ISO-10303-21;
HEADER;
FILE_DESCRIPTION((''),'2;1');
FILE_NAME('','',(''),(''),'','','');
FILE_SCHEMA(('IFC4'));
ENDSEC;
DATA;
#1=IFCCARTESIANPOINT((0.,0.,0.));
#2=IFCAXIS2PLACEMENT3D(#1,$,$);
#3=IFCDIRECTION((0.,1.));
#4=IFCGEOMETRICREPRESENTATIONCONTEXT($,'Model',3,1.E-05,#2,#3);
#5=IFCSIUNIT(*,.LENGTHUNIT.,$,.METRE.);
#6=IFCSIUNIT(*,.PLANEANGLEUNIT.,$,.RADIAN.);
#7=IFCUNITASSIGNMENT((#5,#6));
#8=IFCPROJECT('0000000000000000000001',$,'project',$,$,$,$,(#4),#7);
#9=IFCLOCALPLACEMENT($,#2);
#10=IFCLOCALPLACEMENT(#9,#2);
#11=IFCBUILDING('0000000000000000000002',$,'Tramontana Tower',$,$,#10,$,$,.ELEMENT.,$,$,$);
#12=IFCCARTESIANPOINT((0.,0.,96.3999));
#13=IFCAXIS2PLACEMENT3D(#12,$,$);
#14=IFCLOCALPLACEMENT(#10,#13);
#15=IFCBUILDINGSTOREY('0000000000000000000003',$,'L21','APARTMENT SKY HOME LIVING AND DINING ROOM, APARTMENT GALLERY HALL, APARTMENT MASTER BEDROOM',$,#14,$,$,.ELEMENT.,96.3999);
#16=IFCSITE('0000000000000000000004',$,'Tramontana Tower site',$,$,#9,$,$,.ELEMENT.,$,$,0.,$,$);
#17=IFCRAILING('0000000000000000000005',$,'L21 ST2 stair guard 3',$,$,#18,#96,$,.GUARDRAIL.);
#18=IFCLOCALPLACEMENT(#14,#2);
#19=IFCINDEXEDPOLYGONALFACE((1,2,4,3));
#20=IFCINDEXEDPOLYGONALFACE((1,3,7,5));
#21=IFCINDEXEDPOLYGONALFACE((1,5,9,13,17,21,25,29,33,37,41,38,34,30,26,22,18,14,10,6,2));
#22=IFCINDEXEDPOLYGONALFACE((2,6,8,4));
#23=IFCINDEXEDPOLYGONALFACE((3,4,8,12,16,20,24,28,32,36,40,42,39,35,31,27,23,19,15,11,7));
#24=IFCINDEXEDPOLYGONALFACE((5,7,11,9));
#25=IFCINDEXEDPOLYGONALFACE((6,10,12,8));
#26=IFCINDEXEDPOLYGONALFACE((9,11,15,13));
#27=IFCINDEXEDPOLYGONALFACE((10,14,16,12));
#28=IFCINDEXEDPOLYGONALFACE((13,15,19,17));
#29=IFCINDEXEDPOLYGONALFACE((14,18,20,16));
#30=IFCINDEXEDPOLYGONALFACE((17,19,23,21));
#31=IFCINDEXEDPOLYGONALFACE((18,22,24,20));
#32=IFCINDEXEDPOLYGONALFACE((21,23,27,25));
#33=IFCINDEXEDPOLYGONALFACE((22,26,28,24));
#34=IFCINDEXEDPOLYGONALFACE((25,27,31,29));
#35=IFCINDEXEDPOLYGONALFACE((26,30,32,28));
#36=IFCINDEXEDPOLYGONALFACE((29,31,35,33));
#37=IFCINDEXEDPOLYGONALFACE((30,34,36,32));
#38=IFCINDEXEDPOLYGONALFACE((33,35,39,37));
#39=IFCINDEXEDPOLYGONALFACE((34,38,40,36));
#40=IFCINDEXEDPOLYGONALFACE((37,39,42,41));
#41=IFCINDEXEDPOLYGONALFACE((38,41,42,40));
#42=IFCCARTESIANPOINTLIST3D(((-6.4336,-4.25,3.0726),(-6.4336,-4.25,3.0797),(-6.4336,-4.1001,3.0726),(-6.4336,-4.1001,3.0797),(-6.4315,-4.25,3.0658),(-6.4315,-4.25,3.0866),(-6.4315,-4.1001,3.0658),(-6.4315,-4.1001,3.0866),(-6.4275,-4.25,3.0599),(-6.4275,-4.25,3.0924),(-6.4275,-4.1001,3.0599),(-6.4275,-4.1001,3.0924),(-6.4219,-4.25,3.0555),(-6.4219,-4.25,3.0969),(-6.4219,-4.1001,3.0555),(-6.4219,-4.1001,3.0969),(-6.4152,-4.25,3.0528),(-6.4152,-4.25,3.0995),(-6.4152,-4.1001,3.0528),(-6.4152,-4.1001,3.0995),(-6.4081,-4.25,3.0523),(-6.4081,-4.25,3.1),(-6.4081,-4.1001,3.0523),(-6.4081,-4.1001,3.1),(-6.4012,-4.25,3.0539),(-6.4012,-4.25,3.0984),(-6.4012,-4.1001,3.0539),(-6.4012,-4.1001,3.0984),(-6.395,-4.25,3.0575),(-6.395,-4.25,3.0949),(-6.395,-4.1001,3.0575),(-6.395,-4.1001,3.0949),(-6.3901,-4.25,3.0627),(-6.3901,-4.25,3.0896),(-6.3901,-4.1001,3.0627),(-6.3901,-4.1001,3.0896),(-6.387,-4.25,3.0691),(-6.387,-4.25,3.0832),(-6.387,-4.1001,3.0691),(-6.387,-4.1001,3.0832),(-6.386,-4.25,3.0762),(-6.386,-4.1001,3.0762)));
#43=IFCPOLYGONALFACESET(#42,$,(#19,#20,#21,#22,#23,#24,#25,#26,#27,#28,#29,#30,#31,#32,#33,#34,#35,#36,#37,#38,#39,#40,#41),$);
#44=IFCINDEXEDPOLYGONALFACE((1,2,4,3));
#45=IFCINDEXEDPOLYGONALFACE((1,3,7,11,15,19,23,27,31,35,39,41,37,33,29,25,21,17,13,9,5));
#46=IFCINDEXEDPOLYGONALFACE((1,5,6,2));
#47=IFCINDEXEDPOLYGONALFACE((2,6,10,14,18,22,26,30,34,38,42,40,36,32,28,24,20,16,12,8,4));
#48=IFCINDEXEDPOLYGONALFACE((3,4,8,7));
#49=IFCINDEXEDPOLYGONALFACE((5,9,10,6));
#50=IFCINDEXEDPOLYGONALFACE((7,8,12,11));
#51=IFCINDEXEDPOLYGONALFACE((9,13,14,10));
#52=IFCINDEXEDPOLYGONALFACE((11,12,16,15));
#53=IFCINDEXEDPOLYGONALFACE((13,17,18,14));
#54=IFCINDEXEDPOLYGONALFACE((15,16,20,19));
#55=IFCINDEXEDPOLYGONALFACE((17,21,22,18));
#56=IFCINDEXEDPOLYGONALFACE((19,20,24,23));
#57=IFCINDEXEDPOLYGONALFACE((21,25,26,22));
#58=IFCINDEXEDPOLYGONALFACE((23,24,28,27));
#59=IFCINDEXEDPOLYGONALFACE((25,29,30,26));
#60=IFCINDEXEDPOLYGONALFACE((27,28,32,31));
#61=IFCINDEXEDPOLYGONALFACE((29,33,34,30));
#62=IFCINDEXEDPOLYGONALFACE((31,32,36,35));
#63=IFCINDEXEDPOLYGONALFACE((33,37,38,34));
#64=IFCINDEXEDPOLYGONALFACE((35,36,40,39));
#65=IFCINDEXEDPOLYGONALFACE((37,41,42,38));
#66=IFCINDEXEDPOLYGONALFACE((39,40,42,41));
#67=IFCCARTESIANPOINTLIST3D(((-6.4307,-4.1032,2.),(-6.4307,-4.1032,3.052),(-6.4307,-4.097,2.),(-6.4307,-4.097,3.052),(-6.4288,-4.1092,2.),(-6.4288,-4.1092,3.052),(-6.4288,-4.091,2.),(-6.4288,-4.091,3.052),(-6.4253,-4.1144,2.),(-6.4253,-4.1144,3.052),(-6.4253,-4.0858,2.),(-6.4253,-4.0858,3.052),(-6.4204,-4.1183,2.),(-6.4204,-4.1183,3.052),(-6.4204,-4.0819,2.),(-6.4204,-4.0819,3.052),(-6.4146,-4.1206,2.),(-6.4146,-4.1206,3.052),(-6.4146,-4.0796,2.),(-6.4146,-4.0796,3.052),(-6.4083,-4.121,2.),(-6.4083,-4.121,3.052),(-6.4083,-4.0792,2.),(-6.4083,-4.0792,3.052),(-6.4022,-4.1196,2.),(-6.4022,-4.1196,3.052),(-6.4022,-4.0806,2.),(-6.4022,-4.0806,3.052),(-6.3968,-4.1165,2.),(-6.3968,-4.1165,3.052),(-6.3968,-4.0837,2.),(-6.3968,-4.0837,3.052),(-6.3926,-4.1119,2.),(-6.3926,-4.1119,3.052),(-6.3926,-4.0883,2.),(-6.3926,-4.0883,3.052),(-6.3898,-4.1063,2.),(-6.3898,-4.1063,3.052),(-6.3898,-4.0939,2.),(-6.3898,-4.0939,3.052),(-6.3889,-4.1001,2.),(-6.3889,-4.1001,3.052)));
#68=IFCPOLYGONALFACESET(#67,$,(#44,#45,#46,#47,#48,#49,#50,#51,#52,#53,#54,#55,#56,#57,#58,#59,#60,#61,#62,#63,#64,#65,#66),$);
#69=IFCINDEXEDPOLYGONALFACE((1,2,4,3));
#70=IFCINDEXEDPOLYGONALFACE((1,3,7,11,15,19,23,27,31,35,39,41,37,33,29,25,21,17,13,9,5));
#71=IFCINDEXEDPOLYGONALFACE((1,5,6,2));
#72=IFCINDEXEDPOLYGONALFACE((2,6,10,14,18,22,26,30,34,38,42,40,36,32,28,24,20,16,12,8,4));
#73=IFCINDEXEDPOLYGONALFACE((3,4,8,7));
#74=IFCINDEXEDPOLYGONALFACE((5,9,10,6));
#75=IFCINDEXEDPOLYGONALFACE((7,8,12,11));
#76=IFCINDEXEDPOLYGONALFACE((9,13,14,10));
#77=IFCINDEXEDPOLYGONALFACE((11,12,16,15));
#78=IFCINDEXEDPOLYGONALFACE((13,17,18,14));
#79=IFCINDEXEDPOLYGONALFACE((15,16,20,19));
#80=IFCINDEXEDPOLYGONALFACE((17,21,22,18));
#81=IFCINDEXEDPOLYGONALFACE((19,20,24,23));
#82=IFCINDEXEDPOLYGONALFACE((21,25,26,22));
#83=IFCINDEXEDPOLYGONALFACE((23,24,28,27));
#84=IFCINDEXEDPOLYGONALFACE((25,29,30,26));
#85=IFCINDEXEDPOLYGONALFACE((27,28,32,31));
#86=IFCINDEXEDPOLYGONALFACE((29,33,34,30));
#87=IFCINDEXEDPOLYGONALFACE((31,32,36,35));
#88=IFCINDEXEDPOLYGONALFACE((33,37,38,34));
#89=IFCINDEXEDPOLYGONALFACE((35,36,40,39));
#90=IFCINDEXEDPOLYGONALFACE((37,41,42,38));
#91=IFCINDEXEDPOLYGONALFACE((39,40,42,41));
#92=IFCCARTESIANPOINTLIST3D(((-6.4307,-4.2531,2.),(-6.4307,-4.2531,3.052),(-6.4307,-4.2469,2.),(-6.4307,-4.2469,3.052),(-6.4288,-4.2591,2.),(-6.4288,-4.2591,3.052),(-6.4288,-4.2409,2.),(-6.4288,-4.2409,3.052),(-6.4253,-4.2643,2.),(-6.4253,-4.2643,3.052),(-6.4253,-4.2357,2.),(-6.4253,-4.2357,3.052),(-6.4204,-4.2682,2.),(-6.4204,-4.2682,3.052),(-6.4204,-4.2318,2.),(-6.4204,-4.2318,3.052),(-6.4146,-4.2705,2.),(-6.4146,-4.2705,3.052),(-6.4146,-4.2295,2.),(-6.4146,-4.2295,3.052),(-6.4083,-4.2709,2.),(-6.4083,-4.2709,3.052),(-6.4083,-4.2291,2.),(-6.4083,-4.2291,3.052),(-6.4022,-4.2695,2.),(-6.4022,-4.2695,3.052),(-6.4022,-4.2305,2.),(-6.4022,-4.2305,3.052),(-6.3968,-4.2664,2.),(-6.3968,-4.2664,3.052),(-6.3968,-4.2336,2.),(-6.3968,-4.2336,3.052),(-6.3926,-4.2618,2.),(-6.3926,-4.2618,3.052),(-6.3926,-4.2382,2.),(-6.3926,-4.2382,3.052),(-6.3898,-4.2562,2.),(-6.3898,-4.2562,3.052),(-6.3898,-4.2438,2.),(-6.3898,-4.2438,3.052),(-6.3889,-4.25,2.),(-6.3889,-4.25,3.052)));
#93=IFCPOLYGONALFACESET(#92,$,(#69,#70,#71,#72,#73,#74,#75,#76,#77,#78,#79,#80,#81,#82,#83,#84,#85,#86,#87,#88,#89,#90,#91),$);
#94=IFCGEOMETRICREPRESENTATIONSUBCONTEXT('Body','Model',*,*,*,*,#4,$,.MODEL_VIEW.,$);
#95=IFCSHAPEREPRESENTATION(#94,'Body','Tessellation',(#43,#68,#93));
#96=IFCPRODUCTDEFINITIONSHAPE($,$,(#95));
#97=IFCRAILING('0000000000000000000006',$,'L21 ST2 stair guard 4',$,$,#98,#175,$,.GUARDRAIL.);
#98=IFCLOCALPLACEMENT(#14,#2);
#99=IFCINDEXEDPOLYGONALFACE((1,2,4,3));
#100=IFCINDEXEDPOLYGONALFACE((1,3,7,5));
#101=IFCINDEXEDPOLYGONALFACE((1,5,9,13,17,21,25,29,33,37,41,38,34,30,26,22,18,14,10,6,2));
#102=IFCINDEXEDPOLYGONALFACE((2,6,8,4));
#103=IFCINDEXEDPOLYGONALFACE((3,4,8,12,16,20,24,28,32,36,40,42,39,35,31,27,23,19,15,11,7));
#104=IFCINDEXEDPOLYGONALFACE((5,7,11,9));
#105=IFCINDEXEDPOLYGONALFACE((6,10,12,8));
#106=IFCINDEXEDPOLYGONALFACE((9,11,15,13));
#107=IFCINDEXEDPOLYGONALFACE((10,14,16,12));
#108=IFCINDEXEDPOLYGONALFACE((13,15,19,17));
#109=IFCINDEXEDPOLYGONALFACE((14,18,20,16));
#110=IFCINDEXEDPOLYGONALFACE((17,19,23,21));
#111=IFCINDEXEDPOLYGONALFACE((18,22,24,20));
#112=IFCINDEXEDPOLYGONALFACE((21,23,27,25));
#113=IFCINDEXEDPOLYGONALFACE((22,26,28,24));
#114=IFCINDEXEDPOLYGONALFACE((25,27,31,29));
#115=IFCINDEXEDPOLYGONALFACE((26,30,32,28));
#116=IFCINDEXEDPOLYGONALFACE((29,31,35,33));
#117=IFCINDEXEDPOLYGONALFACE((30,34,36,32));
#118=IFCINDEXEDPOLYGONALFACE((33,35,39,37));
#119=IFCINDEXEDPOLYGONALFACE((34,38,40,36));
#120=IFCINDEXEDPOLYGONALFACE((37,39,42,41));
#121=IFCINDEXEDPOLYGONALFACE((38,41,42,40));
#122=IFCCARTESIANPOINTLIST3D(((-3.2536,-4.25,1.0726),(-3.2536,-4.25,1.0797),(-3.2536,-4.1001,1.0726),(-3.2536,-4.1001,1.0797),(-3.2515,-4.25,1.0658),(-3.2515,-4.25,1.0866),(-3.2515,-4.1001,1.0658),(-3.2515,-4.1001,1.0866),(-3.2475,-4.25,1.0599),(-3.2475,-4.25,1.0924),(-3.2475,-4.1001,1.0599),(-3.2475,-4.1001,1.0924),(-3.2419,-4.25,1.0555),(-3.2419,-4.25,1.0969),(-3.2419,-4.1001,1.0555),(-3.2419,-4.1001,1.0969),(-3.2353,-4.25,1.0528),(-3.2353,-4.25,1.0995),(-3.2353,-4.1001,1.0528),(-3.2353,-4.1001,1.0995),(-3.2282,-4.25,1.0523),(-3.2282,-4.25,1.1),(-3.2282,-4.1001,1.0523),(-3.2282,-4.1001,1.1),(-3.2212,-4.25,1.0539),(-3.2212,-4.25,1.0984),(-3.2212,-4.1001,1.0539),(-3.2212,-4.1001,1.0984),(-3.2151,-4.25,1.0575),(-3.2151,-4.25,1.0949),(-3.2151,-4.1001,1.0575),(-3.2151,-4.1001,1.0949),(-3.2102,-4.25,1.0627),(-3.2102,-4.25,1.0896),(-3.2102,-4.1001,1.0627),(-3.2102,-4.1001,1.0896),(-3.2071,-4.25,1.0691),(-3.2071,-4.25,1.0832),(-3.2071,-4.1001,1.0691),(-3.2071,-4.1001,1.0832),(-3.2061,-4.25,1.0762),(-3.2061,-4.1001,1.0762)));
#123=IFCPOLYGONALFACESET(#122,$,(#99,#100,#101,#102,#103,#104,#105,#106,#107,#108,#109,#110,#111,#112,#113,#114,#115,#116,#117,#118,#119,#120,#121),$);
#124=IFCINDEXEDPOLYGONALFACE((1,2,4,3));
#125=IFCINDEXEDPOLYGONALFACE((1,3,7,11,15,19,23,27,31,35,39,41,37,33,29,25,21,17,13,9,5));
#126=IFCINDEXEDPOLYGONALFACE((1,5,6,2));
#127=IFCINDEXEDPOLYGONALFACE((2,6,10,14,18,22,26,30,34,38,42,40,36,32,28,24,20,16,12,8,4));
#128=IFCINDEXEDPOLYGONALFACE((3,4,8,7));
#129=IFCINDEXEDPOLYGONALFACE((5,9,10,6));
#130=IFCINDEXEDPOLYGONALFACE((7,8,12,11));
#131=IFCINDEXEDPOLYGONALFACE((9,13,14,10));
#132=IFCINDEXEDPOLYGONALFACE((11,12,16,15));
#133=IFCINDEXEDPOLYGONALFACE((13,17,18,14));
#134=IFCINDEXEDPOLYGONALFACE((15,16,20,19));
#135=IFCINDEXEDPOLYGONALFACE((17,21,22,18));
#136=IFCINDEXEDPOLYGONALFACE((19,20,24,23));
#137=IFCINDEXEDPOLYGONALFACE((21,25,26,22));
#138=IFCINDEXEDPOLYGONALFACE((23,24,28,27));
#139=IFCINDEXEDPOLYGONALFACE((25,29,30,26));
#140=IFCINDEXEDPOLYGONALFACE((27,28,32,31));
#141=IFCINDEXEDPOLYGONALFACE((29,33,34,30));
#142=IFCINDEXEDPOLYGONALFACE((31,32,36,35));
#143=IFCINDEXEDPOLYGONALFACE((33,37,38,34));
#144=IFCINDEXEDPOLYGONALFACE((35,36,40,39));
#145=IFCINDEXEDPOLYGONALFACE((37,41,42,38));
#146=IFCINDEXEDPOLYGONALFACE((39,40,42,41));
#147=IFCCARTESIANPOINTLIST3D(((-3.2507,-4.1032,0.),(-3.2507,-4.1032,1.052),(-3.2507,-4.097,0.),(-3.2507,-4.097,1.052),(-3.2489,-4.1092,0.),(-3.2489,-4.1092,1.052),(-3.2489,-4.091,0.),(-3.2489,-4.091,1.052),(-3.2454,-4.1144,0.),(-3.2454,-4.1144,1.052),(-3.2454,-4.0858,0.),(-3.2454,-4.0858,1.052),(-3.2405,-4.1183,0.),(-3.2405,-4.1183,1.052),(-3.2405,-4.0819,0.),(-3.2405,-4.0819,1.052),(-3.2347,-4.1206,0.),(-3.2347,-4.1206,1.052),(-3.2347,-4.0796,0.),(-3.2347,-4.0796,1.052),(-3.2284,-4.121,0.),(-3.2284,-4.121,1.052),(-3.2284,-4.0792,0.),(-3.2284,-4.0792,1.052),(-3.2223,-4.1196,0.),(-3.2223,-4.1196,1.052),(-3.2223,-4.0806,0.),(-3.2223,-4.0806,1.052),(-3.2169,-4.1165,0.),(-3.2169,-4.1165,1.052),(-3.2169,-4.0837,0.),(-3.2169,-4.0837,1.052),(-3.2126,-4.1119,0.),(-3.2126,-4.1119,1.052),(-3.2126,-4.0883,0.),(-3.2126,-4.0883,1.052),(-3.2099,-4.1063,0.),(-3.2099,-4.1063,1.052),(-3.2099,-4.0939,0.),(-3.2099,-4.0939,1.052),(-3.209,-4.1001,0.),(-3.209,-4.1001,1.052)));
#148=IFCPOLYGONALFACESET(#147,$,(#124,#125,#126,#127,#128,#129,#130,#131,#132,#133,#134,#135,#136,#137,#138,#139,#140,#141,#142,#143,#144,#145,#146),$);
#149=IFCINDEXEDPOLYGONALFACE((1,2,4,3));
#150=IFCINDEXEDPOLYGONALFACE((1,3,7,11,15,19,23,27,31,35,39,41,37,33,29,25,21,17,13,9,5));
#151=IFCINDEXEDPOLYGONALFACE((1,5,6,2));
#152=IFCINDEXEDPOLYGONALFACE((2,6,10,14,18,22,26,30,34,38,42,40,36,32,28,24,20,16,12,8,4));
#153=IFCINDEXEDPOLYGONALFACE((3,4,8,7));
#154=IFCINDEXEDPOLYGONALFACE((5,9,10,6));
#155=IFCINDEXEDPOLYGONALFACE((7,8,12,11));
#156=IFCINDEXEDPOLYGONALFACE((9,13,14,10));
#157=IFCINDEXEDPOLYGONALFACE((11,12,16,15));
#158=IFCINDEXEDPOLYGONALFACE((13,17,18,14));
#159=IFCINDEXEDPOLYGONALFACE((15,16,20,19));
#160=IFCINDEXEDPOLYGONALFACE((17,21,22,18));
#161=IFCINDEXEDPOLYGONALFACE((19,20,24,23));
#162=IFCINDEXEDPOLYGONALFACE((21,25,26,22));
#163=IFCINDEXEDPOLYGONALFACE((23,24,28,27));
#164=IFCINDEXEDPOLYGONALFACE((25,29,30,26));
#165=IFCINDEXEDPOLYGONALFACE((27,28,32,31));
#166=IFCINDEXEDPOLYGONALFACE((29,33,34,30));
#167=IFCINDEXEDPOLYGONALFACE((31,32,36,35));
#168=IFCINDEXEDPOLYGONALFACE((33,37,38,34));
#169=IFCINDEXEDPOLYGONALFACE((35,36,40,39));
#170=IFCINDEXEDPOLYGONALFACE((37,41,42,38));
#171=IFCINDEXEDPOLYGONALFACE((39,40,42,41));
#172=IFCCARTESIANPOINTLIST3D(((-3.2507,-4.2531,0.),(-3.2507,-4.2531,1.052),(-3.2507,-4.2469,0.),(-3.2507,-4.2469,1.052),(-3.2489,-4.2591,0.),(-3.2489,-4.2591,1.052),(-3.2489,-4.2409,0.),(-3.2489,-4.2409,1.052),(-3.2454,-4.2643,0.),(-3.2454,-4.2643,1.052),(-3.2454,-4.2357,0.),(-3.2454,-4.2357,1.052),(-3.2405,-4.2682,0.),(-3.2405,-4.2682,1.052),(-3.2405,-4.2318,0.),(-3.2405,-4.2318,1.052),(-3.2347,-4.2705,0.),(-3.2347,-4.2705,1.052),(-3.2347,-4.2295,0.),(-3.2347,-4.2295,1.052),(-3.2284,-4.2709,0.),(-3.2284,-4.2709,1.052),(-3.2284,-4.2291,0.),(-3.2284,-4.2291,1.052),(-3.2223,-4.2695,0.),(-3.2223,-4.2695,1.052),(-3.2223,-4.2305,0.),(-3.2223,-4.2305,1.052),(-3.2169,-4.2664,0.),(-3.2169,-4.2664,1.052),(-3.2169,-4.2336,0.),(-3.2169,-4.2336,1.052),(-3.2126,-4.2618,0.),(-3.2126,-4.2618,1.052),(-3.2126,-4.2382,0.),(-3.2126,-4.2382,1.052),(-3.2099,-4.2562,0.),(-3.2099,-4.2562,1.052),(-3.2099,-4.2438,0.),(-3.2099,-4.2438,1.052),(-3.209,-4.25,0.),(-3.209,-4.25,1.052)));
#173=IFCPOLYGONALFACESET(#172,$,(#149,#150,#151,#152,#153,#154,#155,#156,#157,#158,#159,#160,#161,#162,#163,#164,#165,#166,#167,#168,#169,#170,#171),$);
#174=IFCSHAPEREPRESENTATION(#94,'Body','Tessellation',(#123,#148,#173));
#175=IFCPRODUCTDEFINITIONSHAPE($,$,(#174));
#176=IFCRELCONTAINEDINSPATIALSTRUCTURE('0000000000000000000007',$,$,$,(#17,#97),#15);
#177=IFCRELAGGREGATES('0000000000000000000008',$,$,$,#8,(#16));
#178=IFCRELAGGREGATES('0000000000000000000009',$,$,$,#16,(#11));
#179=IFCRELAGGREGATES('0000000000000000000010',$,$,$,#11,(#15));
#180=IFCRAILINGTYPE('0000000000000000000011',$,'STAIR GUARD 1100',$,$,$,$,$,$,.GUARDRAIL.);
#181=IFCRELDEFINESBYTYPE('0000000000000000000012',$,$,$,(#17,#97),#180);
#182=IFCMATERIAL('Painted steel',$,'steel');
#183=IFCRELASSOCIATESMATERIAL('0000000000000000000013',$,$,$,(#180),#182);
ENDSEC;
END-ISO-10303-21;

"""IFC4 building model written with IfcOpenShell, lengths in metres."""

from ifc_helpers import new_model, si_unit, direction, frame, origin, origin_2d, place, context, subcontext, project, spatial, circle, extrude, material, type_object, element, save


model = new_model("IFC4")

# Units and contexts
model_context = context("Model", 3, precision=1e-05, world=origin(), true_north=direction((0.0, 1.0)))
body_context = subcontext(model_context, "Body", "Model", "MODEL_VIEW")
ifc_project = project(units=[si_unit("LENGTHUNIT", "METRE"), si_unit("PLANEANGLEUNIT", "RADIAN")], contexts=[model_context])

# Site, building, storey
site_placement = place(None, origin())
site = spatial("IfcSite", under=ifc_project, at=site_placement, Name="Tramontana Tower site", CompositionType="ELEMENT", RefElevation=0.0)
building_placement = place(site_placement, origin())
building = spatial("IfcBuilding", under=site, at=building_placement, Name="Tramontana Tower", CompositionType="ELEMENT")
storey_placement = place(building_placement, frame((0.0, 0.0, 96.3999)))
storey = spatial("IfcBuildingStorey", under=building, at=storey_placement, Name="L21", Description="APARTMENT SKY HOME LIVING AND DINING ROOM, APARTMENT GALLERY HALL, APARTMENT MASTER BEDROOM", CompositionType="ELEMENT", Elevation=96.3999)

# Railings
ifc_material_1 = material(Name="Painted steel", Category="steel")
railing_type_1 = type_object("IfcRailingType", Name="STAIR GUARD 1100", PredefinedType="GUARDRAIL", material=ifc_material_1)
for number, where, name in (
    (1, (-6.4099, -4.1001, 2.0), "L21 ST2 stair guard 3"),
    (2, (-3.23, -4.1001, 0.0), "L21 ST2 stair guard 4"),
):
    element("IfcRailing", number, at=place(storey_placement, frame(where)), inside=storey, type_object=railing_type_1, Name=name, PredefinedType="GUARDRAIL", context=body_context, shape_type="SweptSolid", body=[
        extrude(circle(Radius=0.0239, at=origin_2d()), frame((0.0, 0.0, 1.0762), z_axis=(0.0, -1.0, 0.0), x_axis=(1.0, 0.0, 0.0)), (0.0, 0.0, 1.0), 0.1499),
        extrude(circle(Radius=0.021, at=origin_2d()), origin(), (0.0, 0.0, 1.0), 1.052),
        extrude(circle(Radius=0.021, at=origin_2d()), frame((0.0, -0.1499, 0.0)), (0.0, 0.0, 1.0), 1.052),
    ])

save(model, "model.ifc")
